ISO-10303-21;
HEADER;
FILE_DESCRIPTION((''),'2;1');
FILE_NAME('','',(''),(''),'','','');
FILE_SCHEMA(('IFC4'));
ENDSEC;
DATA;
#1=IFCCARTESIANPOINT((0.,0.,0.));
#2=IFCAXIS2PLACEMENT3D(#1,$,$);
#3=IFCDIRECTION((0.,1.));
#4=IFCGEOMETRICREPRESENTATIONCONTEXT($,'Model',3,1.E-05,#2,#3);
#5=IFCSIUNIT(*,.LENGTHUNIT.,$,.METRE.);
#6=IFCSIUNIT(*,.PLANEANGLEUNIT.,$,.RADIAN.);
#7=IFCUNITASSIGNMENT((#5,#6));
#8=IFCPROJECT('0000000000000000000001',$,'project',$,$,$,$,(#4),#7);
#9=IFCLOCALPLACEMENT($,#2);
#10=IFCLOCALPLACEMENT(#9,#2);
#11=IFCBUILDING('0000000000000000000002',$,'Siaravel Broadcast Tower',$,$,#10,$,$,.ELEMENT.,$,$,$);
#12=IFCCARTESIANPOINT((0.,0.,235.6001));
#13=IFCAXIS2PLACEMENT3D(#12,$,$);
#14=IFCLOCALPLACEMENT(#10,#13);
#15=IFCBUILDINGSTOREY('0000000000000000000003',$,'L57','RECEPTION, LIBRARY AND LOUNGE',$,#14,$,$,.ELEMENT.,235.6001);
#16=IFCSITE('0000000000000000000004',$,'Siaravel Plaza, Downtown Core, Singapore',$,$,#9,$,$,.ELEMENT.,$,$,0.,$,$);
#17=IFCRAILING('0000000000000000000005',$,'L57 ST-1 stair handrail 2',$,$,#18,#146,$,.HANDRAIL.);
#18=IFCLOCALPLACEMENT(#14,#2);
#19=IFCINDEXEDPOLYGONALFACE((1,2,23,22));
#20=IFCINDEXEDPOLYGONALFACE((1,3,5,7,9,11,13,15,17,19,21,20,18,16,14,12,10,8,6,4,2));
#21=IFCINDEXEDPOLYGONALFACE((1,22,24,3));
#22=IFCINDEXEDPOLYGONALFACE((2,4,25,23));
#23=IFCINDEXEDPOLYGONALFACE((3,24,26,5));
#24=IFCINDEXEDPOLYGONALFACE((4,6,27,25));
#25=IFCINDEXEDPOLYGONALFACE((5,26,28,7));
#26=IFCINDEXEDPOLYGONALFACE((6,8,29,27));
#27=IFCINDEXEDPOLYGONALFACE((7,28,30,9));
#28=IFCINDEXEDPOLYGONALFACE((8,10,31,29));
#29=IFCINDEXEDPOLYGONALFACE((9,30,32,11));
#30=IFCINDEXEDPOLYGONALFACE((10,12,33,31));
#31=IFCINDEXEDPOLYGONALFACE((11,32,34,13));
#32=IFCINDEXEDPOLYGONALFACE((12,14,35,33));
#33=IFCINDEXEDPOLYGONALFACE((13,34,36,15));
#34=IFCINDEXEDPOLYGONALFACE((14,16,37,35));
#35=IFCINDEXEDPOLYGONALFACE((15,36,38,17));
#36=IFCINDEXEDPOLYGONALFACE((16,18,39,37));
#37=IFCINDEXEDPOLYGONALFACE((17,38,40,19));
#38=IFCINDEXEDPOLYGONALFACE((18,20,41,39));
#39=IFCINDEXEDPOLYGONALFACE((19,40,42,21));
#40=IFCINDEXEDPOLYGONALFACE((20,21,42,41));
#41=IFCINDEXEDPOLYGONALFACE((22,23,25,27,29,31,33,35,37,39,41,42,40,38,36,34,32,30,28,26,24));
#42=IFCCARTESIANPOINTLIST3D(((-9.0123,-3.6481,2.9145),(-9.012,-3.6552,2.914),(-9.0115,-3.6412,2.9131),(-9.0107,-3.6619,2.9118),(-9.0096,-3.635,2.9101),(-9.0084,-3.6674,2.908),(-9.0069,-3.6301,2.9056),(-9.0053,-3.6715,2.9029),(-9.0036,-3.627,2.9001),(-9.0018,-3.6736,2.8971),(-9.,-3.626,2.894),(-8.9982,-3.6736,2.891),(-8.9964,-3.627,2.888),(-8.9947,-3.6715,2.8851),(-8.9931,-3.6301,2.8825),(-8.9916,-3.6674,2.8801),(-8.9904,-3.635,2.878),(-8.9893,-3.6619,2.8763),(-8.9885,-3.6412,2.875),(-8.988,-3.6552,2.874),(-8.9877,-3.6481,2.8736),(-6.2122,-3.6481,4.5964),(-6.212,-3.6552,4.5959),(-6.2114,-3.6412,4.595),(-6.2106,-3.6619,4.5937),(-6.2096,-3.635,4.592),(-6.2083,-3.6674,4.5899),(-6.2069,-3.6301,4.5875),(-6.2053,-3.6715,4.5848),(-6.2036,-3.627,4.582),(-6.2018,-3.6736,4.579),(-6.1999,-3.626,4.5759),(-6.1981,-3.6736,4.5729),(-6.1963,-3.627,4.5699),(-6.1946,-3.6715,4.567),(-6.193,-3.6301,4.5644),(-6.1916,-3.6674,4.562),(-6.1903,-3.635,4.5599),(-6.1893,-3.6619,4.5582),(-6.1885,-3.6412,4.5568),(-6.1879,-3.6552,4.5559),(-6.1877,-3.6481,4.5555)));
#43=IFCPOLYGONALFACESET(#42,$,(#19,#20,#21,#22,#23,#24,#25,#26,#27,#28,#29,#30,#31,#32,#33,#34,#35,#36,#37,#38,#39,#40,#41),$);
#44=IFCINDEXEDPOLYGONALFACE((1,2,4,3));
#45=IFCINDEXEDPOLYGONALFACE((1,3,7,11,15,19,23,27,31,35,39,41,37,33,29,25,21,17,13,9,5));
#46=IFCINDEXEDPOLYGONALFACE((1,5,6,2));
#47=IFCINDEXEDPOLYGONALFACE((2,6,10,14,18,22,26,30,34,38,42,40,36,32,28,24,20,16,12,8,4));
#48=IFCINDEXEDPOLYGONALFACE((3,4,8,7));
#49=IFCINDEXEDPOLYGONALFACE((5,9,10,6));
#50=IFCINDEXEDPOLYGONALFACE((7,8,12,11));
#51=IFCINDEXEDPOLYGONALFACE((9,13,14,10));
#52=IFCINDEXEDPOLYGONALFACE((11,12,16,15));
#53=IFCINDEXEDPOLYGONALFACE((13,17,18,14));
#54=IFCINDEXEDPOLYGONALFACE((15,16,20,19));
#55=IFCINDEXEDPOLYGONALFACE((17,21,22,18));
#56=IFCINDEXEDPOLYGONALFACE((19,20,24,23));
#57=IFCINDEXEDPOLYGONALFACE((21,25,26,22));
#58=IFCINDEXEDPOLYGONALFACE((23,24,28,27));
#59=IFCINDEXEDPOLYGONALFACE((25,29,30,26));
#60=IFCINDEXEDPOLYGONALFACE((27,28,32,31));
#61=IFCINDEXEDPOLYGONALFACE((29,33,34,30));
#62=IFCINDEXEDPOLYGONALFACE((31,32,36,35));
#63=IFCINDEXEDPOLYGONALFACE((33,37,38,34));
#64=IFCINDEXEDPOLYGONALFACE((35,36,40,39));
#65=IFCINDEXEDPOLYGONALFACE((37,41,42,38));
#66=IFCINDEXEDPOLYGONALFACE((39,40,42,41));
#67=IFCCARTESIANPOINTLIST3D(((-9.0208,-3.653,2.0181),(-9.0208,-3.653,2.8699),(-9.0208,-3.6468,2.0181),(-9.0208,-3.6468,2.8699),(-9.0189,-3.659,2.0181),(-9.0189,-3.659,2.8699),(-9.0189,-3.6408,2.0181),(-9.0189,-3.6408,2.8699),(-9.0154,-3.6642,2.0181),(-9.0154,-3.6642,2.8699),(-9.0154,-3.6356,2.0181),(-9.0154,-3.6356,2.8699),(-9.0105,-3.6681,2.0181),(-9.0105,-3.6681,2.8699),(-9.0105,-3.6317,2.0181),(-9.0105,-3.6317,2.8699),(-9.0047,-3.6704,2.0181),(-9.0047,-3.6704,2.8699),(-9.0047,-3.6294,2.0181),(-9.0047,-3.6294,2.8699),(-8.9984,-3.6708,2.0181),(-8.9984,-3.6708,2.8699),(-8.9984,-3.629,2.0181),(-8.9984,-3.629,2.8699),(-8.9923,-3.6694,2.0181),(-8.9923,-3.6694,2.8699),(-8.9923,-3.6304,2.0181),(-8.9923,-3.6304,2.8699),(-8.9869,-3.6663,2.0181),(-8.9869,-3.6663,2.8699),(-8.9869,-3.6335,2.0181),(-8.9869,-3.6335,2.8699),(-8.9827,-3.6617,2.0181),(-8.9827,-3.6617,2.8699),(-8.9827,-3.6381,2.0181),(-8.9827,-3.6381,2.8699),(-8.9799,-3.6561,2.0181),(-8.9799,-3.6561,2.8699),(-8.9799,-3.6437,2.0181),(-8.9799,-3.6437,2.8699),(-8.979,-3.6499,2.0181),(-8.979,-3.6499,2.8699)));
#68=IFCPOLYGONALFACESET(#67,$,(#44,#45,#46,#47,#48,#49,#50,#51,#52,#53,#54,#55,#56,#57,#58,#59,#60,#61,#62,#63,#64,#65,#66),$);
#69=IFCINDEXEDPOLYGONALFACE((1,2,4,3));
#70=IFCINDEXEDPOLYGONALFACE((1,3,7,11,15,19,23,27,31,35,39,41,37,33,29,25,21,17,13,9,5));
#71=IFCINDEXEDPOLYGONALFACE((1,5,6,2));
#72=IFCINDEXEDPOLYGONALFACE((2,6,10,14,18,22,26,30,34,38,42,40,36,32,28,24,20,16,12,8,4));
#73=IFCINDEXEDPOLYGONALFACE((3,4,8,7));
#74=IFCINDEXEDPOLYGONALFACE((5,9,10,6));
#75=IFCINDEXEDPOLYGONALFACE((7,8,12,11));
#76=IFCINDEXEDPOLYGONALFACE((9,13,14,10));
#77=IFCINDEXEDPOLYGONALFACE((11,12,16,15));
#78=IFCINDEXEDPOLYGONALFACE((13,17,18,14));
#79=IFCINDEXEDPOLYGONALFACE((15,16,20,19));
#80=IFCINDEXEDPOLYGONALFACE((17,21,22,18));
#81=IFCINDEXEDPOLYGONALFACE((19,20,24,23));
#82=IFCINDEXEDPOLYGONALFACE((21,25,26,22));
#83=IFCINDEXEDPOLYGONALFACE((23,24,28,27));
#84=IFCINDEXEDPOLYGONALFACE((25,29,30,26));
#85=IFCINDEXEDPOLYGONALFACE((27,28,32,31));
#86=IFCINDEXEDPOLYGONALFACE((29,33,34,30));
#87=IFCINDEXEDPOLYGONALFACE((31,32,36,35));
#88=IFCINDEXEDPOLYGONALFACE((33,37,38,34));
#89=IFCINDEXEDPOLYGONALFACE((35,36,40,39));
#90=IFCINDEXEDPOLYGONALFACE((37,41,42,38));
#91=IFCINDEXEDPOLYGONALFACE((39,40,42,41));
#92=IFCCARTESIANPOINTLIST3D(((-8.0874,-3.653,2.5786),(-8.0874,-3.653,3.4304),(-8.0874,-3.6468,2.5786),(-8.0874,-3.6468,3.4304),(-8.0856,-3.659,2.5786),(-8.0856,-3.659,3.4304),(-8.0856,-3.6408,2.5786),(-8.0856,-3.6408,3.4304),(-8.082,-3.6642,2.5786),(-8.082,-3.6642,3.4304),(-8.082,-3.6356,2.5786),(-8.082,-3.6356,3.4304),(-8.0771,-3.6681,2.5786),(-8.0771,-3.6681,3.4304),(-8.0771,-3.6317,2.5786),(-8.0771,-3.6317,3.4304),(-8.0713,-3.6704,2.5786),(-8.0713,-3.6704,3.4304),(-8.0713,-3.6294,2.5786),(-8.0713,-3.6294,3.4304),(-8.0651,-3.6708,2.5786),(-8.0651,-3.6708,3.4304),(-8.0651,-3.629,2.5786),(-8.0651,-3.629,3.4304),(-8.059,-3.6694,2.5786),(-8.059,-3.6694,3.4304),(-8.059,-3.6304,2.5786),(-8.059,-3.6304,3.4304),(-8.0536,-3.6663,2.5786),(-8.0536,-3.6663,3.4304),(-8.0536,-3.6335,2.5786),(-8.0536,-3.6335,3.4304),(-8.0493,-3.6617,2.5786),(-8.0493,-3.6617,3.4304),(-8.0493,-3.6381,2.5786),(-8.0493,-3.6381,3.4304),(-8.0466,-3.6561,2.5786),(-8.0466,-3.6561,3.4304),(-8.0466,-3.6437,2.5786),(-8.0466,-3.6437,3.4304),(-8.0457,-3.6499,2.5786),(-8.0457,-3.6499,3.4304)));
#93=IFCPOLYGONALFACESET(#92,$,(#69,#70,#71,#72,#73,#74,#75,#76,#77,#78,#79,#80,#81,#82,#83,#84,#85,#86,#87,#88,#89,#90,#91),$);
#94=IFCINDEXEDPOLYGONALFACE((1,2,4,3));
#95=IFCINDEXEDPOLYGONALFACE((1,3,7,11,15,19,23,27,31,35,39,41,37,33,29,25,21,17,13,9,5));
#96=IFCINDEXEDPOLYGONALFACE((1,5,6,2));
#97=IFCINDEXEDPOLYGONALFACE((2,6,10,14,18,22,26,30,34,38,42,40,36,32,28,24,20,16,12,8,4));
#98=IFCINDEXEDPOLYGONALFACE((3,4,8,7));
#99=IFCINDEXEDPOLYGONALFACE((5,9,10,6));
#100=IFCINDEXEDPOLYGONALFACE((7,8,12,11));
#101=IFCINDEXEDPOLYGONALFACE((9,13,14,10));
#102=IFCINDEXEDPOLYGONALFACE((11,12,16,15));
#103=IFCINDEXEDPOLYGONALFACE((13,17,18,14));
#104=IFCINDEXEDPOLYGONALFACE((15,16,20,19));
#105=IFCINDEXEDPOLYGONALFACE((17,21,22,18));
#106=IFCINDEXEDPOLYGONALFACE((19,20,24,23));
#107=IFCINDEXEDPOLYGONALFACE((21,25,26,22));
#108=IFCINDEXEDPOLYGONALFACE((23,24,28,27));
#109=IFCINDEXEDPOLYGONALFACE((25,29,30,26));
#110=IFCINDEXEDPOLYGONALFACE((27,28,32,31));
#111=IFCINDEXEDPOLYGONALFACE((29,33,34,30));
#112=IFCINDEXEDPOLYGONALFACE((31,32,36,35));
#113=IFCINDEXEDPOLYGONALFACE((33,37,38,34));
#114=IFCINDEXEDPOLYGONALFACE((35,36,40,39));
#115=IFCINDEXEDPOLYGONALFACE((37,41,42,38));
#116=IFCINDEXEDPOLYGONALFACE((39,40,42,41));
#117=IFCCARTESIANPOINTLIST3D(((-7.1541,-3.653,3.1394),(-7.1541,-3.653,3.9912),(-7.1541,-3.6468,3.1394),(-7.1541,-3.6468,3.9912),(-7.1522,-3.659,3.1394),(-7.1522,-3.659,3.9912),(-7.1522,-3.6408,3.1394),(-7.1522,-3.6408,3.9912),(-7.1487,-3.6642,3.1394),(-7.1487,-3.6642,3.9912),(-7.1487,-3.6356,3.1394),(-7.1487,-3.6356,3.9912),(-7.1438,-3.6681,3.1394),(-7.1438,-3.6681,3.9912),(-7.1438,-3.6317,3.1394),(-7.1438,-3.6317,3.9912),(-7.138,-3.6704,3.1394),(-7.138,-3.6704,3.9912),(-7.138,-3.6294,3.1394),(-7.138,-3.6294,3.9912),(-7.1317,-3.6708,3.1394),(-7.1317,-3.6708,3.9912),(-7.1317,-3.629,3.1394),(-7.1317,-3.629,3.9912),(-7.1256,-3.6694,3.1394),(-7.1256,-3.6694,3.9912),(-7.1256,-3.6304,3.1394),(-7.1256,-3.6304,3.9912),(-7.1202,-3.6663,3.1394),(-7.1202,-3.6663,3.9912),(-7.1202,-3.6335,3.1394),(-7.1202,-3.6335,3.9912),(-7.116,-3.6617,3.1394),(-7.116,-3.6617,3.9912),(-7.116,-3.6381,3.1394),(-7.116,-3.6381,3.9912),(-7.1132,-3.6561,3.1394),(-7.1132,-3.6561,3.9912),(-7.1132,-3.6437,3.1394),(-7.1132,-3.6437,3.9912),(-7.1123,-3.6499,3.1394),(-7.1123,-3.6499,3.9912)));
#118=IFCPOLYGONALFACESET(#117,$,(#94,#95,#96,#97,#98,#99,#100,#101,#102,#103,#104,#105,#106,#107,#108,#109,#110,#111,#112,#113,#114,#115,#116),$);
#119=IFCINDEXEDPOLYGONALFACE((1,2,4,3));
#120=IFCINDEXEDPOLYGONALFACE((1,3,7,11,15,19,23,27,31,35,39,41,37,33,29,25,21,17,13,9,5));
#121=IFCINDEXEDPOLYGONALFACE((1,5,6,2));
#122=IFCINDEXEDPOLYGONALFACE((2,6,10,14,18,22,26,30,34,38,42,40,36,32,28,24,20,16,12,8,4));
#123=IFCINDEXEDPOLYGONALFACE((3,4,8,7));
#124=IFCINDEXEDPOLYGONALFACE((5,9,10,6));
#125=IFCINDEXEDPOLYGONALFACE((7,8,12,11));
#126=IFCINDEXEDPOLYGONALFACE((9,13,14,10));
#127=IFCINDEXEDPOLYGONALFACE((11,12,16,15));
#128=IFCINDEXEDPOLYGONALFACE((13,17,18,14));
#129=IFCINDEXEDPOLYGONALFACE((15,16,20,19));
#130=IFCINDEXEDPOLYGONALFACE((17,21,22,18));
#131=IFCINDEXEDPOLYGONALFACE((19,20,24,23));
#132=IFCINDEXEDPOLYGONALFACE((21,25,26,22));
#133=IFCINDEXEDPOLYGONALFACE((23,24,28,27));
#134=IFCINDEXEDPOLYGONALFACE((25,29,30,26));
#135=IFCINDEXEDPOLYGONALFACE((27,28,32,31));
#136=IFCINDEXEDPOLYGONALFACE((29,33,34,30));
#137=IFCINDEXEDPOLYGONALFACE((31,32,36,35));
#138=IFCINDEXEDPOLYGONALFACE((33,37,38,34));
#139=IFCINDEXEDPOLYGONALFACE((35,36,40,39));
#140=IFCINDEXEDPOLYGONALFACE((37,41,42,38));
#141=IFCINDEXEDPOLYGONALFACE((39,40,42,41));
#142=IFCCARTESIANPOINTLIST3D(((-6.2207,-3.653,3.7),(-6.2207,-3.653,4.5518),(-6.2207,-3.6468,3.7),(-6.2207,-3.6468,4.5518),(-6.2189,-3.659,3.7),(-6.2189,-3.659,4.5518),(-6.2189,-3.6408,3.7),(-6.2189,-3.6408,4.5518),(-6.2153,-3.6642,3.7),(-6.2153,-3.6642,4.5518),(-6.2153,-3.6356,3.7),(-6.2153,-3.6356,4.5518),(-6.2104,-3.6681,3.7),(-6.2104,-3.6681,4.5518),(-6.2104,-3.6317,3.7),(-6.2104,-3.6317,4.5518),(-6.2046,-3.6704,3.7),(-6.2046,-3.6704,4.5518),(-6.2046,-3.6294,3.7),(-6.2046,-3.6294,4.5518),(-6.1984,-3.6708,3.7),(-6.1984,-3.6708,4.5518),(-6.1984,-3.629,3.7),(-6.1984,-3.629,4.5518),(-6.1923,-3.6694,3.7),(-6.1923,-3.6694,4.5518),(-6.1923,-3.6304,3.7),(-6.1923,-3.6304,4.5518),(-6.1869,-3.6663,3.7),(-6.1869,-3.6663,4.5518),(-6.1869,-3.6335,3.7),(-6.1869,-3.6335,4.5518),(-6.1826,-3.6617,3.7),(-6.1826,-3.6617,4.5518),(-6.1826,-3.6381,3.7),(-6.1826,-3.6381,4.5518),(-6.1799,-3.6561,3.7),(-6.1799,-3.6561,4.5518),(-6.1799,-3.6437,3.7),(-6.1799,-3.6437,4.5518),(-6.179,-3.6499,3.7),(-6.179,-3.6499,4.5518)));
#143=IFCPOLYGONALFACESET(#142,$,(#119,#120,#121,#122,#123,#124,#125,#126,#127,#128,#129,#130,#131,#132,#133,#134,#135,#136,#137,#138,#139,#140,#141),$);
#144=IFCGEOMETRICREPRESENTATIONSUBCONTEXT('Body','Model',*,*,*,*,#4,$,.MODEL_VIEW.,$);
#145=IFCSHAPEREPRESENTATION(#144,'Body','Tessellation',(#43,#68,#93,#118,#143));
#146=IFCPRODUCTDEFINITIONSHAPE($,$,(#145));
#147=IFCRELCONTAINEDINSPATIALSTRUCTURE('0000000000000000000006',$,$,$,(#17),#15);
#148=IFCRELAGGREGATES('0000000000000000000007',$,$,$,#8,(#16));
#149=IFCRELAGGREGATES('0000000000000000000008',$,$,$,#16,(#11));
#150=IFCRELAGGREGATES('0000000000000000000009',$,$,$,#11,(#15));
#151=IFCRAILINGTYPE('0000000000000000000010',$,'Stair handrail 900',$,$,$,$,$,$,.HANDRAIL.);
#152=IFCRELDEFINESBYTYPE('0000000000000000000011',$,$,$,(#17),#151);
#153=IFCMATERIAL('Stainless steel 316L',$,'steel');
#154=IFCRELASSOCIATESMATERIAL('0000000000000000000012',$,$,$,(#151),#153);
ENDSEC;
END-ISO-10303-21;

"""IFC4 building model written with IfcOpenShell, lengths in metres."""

from ifc_helpers import new_model, si_unit, direction, frame, origin, origin_2d, place, context, subcontext, project, spatial, circle, extrude, material, type_object, element, save


model = new_model("IFC4")

# Units and contexts
model_context = context("Model", 3, precision=1e-05, world=origin(), true_north=direction((0.0, 1.0)))
body_context = subcontext(model_context, "Body", "Model", "MODEL_VIEW")
ifc_project = project(units=[si_unit("LENGTHUNIT", "METRE"), si_unit("PLANEANGLEUNIT", "RADIAN")], contexts=[model_context])

# Site, building, storey
site_placement = place(None, origin())
site = spatial("IfcSite", under=ifc_project, at=site_placement, Name="Siaravel Plaza, Downtown Core, Singapore", CompositionType="ELEMENT", RefElevation=0.0)
building_placement = place(site_placement, origin())
building = spatial("IfcBuilding", under=site, at=building_placement, Name="Siaravel Broadcast Tower", CompositionType="ELEMENT")
storey_placement = place(building_placement, frame((0.0, 0.0, 235.6001)))
storey = spatial("IfcBuildingStorey", under=building, at=storey_placement, Name="L57", Description="RECEPTION, LIBRARY AND LOUNGE", CompositionType="ELEMENT", Elevation=235.6001)

# Shared definitions
ifc_material_1 = material(Name="Stainless steel 316L", Category="steel")

# Railing
railing_type_1 = type_object("IfcRailingType", Name="Stair handrail 900", PredefinedType="HANDRAIL", material=ifc_material_1)
railing_1_placement = place(storey_placement, frame((-9.0, -3.6499, 2.0181)))
element("IfcRailing", 1, at=railing_1_placement, inside=storey, type_object=railing_type_1, Name="L57 ST-1 stair handrail 2", PredefinedType="HANDRAIL", context=body_context, shape_type="SweptSolid", body=[
    extrude(circle(Radius=0.0239, at=origin_2d()), frame((0.0, 0.0, 0.876), z_axis=(0.857242, 0.0, 0.514913), x_axis=(0.0, 1.0, 0.0)), (0.0, 0.0, 1.0), 3.2664),
    extrude(circle(Radius=0.021, at=origin_2d()), origin(), (0.0, 0.0, 1.0), 0.8518),
    extrude(circle(Radius=0.021, at=origin_2d()), frame((0.9333, 0.0, 0.5605)), (0.0, 0.0, 1.0), 0.8518),
    extrude(circle(Radius=0.021, at=origin_2d()), frame((1.8667, 0.0, 1.1213)), (0.0, 0.0, 1.0), 0.8518),
    extrude(circle(Radius=0.021, at=origin_2d()), frame((2.8, 0.0, 1.6819)), (0.0, 0.0, 1.0), 0.8518),
])

save(model, "model.ifc")
